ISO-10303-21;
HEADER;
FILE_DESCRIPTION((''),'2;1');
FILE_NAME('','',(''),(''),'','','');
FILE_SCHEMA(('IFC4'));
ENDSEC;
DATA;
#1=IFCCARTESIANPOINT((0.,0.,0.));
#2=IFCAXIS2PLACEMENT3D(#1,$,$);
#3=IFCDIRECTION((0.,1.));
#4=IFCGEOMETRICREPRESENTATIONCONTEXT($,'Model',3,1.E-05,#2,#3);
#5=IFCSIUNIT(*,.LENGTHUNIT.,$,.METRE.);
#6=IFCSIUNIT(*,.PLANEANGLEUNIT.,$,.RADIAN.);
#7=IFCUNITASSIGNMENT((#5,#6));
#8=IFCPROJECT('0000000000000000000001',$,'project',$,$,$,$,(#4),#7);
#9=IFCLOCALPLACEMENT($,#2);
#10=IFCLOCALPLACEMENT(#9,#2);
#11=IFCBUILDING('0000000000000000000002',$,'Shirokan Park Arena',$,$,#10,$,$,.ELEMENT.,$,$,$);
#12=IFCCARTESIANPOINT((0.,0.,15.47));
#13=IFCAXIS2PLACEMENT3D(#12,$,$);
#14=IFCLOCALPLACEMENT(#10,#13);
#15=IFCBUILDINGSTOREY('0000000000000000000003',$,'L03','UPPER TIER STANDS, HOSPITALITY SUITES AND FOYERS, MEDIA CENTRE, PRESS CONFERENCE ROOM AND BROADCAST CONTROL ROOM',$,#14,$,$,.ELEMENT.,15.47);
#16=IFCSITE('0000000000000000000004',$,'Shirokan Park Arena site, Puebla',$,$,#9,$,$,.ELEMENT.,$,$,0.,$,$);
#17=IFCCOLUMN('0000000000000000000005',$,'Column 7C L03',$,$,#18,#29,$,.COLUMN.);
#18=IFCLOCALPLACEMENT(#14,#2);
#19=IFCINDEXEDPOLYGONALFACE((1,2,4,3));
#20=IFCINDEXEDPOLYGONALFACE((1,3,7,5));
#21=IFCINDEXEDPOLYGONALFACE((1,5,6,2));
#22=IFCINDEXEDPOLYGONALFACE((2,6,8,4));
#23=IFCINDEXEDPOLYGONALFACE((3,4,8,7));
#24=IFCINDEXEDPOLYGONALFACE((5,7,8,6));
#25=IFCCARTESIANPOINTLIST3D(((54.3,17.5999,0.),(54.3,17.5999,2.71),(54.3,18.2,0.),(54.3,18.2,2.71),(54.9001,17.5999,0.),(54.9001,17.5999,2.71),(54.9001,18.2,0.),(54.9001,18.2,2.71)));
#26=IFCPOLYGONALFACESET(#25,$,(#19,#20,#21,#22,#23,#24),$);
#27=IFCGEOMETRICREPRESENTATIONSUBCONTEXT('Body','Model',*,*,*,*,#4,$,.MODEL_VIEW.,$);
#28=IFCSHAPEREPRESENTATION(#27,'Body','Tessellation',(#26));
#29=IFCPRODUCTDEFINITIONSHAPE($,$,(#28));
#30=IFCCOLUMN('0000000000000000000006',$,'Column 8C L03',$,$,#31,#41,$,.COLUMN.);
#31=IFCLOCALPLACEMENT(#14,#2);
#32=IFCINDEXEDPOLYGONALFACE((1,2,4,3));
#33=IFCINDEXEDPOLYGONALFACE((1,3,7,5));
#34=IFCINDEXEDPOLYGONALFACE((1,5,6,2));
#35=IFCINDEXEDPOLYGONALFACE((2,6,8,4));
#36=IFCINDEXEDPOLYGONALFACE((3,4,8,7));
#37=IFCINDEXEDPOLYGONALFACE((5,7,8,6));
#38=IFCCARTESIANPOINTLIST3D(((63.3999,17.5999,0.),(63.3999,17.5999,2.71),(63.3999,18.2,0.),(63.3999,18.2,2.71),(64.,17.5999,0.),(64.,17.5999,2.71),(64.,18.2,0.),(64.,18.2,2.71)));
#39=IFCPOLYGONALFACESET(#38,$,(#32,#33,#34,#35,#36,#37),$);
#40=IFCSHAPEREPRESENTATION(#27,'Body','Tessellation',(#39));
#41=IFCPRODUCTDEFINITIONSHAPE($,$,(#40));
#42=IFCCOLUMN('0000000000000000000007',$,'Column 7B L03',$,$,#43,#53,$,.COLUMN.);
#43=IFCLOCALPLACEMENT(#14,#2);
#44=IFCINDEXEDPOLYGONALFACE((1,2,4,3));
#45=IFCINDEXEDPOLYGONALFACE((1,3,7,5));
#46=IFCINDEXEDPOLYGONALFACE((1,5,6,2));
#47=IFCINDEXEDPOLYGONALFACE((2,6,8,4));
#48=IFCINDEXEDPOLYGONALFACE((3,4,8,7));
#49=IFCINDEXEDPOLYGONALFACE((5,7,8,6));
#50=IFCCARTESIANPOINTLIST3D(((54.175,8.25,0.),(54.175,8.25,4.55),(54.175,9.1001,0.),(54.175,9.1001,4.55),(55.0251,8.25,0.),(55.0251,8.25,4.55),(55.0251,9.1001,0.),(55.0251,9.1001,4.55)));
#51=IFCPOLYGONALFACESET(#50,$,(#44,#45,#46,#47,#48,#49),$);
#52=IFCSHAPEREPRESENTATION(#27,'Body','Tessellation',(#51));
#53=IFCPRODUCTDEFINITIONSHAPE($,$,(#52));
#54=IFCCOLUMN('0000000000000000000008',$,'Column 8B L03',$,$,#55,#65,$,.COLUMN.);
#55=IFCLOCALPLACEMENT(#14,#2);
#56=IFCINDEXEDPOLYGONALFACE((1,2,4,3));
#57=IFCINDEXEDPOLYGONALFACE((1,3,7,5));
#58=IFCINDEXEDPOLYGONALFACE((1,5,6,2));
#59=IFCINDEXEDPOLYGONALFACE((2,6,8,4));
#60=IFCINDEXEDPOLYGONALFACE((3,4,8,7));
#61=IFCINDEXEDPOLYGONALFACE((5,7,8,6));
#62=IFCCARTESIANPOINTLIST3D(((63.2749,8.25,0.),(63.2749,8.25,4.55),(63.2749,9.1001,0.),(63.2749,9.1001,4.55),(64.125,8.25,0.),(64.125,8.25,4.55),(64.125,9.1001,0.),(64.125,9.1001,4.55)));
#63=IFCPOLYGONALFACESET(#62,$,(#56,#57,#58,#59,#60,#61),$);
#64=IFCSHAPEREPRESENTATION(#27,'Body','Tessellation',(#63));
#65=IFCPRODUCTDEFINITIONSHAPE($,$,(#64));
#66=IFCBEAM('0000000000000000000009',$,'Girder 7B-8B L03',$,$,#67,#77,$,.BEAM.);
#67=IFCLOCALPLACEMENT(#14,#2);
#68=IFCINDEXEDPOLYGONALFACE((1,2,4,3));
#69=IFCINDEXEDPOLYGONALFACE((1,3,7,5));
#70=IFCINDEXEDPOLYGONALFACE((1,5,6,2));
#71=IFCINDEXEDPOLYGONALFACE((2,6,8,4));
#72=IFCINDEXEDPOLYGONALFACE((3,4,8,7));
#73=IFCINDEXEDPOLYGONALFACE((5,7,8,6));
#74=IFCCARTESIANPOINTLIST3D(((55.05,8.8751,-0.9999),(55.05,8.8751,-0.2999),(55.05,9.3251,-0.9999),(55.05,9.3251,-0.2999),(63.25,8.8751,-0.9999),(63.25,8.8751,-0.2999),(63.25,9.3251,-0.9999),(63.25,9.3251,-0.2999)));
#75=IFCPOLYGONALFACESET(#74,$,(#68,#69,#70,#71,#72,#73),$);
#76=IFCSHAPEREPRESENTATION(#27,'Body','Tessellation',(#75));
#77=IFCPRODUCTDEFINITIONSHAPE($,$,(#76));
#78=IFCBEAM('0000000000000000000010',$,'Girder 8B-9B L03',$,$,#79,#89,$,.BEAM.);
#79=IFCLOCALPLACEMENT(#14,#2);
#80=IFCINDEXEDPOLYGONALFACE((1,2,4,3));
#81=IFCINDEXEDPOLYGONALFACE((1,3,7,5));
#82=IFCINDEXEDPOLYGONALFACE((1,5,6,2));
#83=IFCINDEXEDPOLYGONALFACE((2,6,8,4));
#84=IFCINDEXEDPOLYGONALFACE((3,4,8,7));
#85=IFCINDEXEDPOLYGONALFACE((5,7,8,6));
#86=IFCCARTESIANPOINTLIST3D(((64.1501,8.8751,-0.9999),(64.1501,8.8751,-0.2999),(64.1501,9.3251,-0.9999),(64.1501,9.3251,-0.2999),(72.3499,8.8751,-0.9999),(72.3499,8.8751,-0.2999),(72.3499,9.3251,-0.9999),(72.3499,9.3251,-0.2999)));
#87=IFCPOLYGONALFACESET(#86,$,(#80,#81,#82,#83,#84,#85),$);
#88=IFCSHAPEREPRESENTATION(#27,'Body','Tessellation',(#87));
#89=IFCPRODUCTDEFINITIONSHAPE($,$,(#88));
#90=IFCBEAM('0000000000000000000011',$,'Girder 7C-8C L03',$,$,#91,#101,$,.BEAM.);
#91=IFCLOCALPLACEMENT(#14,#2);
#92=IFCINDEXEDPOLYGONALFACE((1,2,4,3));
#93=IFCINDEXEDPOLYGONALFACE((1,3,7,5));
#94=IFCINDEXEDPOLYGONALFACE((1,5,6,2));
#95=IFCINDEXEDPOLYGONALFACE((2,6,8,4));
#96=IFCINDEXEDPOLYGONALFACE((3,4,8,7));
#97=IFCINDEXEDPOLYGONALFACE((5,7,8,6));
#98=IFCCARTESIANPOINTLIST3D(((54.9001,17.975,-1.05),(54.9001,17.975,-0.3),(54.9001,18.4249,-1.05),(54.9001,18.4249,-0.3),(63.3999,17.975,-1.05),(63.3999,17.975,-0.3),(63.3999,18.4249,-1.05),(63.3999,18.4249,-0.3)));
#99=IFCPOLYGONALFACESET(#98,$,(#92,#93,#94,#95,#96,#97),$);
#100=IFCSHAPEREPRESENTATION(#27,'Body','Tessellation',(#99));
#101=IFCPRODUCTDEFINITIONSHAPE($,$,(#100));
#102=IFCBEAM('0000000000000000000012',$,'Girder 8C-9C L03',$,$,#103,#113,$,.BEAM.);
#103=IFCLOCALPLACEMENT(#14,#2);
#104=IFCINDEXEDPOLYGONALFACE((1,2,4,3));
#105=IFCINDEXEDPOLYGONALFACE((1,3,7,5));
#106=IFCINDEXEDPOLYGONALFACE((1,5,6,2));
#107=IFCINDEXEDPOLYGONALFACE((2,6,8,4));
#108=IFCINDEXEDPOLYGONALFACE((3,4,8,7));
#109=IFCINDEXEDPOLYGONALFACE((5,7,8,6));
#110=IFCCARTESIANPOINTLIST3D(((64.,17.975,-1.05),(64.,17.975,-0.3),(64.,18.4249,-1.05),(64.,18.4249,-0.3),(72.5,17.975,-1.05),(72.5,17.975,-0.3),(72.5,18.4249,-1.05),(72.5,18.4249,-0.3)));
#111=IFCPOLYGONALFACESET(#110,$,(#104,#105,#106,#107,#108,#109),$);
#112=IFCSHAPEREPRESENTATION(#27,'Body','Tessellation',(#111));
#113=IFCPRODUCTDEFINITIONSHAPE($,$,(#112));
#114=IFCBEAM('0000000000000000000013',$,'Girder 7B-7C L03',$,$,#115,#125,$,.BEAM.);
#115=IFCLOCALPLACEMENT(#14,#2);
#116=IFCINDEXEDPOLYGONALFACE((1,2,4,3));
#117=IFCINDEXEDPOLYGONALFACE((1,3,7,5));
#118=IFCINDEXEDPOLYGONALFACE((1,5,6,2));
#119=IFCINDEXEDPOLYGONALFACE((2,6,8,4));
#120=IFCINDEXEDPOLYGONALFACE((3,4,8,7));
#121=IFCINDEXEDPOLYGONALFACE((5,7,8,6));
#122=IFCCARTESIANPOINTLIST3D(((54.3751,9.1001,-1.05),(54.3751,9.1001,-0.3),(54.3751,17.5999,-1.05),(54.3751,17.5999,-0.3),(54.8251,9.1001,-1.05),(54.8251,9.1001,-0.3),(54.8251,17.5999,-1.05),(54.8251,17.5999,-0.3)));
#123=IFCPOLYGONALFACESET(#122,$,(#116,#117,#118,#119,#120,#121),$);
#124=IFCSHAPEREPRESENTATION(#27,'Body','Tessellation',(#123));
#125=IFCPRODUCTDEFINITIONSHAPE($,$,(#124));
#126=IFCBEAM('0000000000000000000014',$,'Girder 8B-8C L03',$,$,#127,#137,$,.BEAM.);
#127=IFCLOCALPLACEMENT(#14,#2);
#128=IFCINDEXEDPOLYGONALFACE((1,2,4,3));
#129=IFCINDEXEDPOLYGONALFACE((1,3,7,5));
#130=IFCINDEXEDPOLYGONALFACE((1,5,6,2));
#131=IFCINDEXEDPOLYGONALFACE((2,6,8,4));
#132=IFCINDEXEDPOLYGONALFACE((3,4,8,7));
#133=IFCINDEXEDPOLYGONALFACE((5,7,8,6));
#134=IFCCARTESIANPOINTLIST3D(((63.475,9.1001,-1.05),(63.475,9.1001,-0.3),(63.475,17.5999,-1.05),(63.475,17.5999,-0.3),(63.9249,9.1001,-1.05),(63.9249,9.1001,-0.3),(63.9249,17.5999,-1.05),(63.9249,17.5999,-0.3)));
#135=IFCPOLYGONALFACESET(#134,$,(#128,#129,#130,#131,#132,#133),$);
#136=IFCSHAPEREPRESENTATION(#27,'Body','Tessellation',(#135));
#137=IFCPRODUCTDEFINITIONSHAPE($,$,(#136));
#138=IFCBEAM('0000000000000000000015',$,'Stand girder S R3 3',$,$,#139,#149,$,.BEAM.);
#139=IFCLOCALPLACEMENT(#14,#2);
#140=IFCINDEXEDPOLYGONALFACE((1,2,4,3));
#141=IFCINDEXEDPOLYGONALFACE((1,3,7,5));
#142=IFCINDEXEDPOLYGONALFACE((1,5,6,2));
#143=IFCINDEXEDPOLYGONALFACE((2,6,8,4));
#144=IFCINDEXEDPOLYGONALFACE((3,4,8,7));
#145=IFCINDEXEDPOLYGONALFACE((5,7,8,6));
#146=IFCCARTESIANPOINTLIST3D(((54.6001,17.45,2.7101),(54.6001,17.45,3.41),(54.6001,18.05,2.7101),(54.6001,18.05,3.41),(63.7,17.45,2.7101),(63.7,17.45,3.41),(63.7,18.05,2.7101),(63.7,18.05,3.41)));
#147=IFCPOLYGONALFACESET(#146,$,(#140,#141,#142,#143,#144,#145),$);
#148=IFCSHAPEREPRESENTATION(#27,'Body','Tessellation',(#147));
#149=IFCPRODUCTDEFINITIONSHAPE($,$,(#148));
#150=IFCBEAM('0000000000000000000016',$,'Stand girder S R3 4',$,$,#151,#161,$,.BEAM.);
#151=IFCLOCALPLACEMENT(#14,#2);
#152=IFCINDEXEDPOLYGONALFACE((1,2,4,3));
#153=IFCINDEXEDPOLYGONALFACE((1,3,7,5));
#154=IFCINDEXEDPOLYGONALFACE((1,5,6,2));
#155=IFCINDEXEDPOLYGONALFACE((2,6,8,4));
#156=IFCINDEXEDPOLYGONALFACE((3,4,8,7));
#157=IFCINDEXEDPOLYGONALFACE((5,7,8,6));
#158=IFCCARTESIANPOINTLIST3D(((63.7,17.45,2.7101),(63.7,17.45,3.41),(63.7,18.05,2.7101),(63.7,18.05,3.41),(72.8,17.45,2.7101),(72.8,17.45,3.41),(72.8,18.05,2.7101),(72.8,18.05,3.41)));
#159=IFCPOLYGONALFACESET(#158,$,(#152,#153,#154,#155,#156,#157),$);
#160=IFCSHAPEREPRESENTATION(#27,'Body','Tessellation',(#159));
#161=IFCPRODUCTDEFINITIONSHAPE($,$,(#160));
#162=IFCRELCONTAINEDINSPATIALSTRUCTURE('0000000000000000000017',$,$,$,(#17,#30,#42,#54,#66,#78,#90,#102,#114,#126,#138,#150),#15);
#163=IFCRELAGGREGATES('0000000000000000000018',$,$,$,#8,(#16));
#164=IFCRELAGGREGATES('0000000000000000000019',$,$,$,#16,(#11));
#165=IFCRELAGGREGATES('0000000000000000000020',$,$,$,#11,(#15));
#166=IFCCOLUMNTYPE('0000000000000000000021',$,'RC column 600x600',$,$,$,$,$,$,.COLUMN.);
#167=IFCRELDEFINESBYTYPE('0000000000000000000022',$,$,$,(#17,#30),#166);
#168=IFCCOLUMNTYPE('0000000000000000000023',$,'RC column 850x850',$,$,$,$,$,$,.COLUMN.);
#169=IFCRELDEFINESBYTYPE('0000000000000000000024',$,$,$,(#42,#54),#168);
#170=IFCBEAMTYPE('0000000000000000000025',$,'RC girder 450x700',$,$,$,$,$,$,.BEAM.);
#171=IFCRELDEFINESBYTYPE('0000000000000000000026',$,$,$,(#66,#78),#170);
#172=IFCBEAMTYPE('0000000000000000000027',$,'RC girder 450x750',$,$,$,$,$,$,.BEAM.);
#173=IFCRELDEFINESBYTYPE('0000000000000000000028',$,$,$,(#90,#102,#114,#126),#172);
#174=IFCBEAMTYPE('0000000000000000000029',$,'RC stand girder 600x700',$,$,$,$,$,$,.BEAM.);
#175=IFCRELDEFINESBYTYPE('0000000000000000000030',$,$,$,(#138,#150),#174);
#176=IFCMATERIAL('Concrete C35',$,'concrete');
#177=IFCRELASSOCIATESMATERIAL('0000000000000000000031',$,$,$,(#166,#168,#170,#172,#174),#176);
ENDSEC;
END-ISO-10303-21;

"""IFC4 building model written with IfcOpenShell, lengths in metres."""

from ifc_helpers import new_model, si_unit, direction, frame, origin, origin_2d, place, context, subcontext, project, spatial, rectangle, extrude, material, material_profile, profile_set, type_object, element, save


model = new_model("IFC4")

# Units and contexts
model_context = context("Model", 3, precision=1e-05, world=origin(), true_north=direction((0.0, 1.0)))
body_context = subcontext(model_context, "Body", "Model", "MODEL_VIEW")
ifc_project = project(units=[si_unit("LENGTHUNIT", "METRE"), si_unit("PLANEANGLEUNIT", "RADIAN")], contexts=[model_context])

# Site, building, storey
site_placement = place(None, origin())
site = spatial("IfcSite", under=ifc_project, at=site_placement, Name="Shirokan Park Arena site, Puebla", CompositionType="ELEMENT", RefElevation=0.0)
building_placement = place(site_placement, origin())
building = spatial("IfcBuilding", under=site, at=building_placement, Name="Shirokan Park Arena", CompositionType="ELEMENT")
storey_placement = place(building_placement, frame((0.0, 0.0, 15.47)))
storey = spatial("IfcBuildingStorey", under=building, at=storey_placement, Name="L03", Description="UPPER TIER STANDS, HOSPITALITY SUITES AND FOYERS, MEDIA CENTRE, PRESS CONFERENCE ROOM AND BROADCAST CONTROL ROOM", CompositionType="ELEMENT", Elevation=15.47)

# Columns
ifc_material_1 = material(Name="Concrete C35", Category="concrete")
ifc_material_profile_1 = material_profile(ifc_material_1, rectangle(XDim=0.6001, YDim=0.6001, at=origin_2d()), Name="600x600")
ifc_profile_set_1 = profile_set([ifc_material_profile_1], Name="Concrete C35")
column_type_1 = type_object("IfcColumnType", Name="RC column 600x600", PredefinedType="COLUMN", material=ifc_profile_set_1)
for number, where, z_axis, x_axis, name in (
    (1, (54.6001, 17.8999, 0.0), (0.0, 0.0, 1.0), (1.0, 0.0, 0.0), "Column 7C L03"),
    (2, (63.7, 17.8999, 0.0), (0.0, 0.0, 1.0), (1.0, 0.0, 0.0), "Column 8C L03"),
):
    element("IfcColumn", number, at=place(storey_placement, frame(where, z_axis=z_axis, x_axis=x_axis)), inside=storey, type_object=column_type_1, Name=name, PredefinedType="COLUMN", context=body_context, shape_type="SweptSolid", body=[
        extrude(rectangle(XDim=0.6001, YDim=0.6001, at=origin_2d()), origin(), (0.0, 0.0, 1.0), 2.71),
    ])
ifc_material_profile_2 = material_profile(ifc_material_1, rectangle(XDim=0.8501, YDim=0.8501, at=origin_2d()), Name="850x850")
ifc_profile_set_2 = profile_set([ifc_material_profile_2], Name="Concrete C35")
column_type_2 = type_object("IfcColumnType", Name="RC column 850x850", PredefinedType="COLUMN", material=ifc_profile_set_2)
for number, where, z_axis, x_axis, name in (
    (3, (54.6001, 8.675, 0.0), (0.0, 0.0, 1.0), (1.0, 0.0, 0.0), "Column 7B L03"),
    (4, (63.7, 8.675, 0.0), (0.0, 0.0, 1.0), (1.0, 0.0, 0.0), "Column 8B L03"),
):
    element("IfcColumn", number, at=place(storey_placement, frame(where, z_axis=z_axis, x_axis=x_axis)), inside=storey, type_object=column_type_2, Name=name, PredefinedType="COLUMN", context=body_context, shape_type="SweptSolid", body=[
        extrude(rectangle(XDim=0.8501, YDim=0.8501, at=origin_2d()), origin(), (0.0, 0.0, 1.0), 4.55),
    ])

# Beams
ifc_material_profile_3 = material_profile(ifc_material_1, rectangle(XDim=0.45, YDim=0.7, at=origin_2d()), Name="450x700")
ifc_profile_set_3 = profile_set([ifc_material_profile_3], Name="Concrete C35")
beam_type_1 = type_object("IfcBeamType", Name="RC girder 450x700", PredefinedType="BEAM", material=ifc_profile_set_3)
beam_1_placement = place(storey_placement, frame((55.05, 9.1001, -0.6499), z_axis=(1.0, 0.0, 0.0), x_axis=(0.0, 1.0, 0.0)))
element("IfcBeam", 5, at=beam_1_placement, inside=storey, type_object=beam_type_1, Name="Girder 7B-8B L03", PredefinedType="BEAM", context=body_context, shape_type="SweptSolid", body=[
    extrude(rectangle(XDim=0.45, YDim=0.7, at=origin_2d()), origin(), (0.0, 0.0, 1.0), 8.2),
])
beam_2_placement = place(storey_placement, frame((64.1501, 9.1001, -0.6499), z_axis=(1.0, 0.0, 0.0), x_axis=(0.0, 1.0, 0.0)))
element("IfcBeam", 6, at=beam_2_placement, inside=storey, type_object=beam_type_1, Name="Girder 8B-9B L03", PredefinedType="BEAM", context=body_context, shape_type="SweptSolid", body=[
    extrude(rectangle(XDim=0.45, YDim=0.7, at=origin_2d()), origin(), (0.0, 0.0, 1.0), 8.1997),
])
ifc_material_profile_4 = material_profile(ifc_material_1, rectangle(XDim=0.45, YDim=0.75, at=origin_2d()), Name="450x750")
ifc_profile_set_4 = profile_set([ifc_material_profile_4], Name="Concrete C35")
beam_type_2 = type_object("IfcBeamType", Name="RC girder 450x750", PredefinedType="BEAM", material=ifc_profile_set_4)
beam_3_placement = place(storey_placement, frame((54.9001, 18.2, -0.675), z_axis=(1.0, 0.0, 0.0), x_axis=(0.0, 1.0, 0.0)))
element("IfcBeam", 7, at=beam_3_placement, inside=storey, type_object=beam_type_2, Name="Girder 7C-8C L03", PredefinedType="BEAM", context=body_context, shape_type="SweptSolid", body=[
    extrude(rectangle(XDim=0.45, YDim=0.75, at=origin_2d()), origin(), (0.0, 0.0, 1.0), 8.4998),
])
beam_4_placement = place(storey_placement, frame((64.0, 18.2, -0.675), z_axis=(1.0, 0.0, 0.0), x_axis=(0.0, 1.0, 0.0)))
element("IfcBeam", 8, at=beam_4_placement, inside=storey, type_object=beam_type_2, Name="Girder 8C-9C L03", PredefinedType="BEAM", context=body_context, shape_type="SweptSolid", body=[
    extrude(rectangle(XDim=0.45, YDim=0.75, at=origin_2d()), origin(), (0.0, 0.0, 1.0), 8.5),
])
for number, where, z_axis, x_axis, name in (
    (9, (54.6001, 9.1001, -0.675), (0.0, 1.0, 0.0), (-1.0, 0.0, 0.0), "Girder 7B-7C L03"),
    (10, (63.7, 9.1001, -0.675), (0.0, 1.0, 0.0), (-1.0, 0.0, 0.0), "Girder 8B-8C L03"),
):
    element("IfcBeam", number, at=place(storey_placement, frame(where, z_axis=z_axis, x_axis=x_axis)), inside=storey, type_object=beam_type_2, Name=name, PredefinedType="BEAM", context=body_context, shape_type="SweptSolid", body=[
        extrude(rectangle(XDim=0.45, YDim=0.75, at=origin_2d()), origin(), (0.0, 0.0, 1.0), 8.4998),
    ])
ifc_material_profile_5 = material_profile(ifc_material_1, rectangle(XDim=0.6001, YDim=0.7, at=origin_2d()), Name="600x700")
ifc_profile_set_5 = profile_set([ifc_material_profile_5], Name="Concrete C35")
beam_type_3 = type_object("IfcBeamType", Name="RC stand girder 600x700", PredefinedType="BEAM", material=ifc_profile_set_5)
beam_5_placement = place(storey_placement, frame((54.6001, 17.75, 3.0601), z_axis=(1.0, 0.0, 0.0), x_axis=(0.0, 1.0, 0.0)))
element("IfcBeam", 11, at=beam_5_placement, inside=storey, type_object=beam_type_3, Name="Stand girder S R3 3", PredefinedType="BEAM", context=body_context, shape_type="SweptSolid", body=[
    extrude(rectangle(XDim=0.6001, YDim=0.7, at=origin_2d()), origin(), (0.0, 0.0, 1.0), 9.0999),
])
beam_6_placement = place(storey_placement, frame((63.7, 17.75, 3.0601), z_axis=(1.0, 0.0, 0.0), x_axis=(0.0, 1.0, 0.0)))
element("IfcBeam", 12, at=beam_6_placement, inside=storey, type_object=beam_type_3, Name="Stand girder S R3 4", PredefinedType="BEAM", context=body_context, shape_type="SweptSolid", body=[
    extrude(rectangle(XDim=0.6001, YDim=0.7, at=origin_2d()), origin(), (0.0, 0.0, 1.0), 9.1001),
])

save(model, "model.ifc")
